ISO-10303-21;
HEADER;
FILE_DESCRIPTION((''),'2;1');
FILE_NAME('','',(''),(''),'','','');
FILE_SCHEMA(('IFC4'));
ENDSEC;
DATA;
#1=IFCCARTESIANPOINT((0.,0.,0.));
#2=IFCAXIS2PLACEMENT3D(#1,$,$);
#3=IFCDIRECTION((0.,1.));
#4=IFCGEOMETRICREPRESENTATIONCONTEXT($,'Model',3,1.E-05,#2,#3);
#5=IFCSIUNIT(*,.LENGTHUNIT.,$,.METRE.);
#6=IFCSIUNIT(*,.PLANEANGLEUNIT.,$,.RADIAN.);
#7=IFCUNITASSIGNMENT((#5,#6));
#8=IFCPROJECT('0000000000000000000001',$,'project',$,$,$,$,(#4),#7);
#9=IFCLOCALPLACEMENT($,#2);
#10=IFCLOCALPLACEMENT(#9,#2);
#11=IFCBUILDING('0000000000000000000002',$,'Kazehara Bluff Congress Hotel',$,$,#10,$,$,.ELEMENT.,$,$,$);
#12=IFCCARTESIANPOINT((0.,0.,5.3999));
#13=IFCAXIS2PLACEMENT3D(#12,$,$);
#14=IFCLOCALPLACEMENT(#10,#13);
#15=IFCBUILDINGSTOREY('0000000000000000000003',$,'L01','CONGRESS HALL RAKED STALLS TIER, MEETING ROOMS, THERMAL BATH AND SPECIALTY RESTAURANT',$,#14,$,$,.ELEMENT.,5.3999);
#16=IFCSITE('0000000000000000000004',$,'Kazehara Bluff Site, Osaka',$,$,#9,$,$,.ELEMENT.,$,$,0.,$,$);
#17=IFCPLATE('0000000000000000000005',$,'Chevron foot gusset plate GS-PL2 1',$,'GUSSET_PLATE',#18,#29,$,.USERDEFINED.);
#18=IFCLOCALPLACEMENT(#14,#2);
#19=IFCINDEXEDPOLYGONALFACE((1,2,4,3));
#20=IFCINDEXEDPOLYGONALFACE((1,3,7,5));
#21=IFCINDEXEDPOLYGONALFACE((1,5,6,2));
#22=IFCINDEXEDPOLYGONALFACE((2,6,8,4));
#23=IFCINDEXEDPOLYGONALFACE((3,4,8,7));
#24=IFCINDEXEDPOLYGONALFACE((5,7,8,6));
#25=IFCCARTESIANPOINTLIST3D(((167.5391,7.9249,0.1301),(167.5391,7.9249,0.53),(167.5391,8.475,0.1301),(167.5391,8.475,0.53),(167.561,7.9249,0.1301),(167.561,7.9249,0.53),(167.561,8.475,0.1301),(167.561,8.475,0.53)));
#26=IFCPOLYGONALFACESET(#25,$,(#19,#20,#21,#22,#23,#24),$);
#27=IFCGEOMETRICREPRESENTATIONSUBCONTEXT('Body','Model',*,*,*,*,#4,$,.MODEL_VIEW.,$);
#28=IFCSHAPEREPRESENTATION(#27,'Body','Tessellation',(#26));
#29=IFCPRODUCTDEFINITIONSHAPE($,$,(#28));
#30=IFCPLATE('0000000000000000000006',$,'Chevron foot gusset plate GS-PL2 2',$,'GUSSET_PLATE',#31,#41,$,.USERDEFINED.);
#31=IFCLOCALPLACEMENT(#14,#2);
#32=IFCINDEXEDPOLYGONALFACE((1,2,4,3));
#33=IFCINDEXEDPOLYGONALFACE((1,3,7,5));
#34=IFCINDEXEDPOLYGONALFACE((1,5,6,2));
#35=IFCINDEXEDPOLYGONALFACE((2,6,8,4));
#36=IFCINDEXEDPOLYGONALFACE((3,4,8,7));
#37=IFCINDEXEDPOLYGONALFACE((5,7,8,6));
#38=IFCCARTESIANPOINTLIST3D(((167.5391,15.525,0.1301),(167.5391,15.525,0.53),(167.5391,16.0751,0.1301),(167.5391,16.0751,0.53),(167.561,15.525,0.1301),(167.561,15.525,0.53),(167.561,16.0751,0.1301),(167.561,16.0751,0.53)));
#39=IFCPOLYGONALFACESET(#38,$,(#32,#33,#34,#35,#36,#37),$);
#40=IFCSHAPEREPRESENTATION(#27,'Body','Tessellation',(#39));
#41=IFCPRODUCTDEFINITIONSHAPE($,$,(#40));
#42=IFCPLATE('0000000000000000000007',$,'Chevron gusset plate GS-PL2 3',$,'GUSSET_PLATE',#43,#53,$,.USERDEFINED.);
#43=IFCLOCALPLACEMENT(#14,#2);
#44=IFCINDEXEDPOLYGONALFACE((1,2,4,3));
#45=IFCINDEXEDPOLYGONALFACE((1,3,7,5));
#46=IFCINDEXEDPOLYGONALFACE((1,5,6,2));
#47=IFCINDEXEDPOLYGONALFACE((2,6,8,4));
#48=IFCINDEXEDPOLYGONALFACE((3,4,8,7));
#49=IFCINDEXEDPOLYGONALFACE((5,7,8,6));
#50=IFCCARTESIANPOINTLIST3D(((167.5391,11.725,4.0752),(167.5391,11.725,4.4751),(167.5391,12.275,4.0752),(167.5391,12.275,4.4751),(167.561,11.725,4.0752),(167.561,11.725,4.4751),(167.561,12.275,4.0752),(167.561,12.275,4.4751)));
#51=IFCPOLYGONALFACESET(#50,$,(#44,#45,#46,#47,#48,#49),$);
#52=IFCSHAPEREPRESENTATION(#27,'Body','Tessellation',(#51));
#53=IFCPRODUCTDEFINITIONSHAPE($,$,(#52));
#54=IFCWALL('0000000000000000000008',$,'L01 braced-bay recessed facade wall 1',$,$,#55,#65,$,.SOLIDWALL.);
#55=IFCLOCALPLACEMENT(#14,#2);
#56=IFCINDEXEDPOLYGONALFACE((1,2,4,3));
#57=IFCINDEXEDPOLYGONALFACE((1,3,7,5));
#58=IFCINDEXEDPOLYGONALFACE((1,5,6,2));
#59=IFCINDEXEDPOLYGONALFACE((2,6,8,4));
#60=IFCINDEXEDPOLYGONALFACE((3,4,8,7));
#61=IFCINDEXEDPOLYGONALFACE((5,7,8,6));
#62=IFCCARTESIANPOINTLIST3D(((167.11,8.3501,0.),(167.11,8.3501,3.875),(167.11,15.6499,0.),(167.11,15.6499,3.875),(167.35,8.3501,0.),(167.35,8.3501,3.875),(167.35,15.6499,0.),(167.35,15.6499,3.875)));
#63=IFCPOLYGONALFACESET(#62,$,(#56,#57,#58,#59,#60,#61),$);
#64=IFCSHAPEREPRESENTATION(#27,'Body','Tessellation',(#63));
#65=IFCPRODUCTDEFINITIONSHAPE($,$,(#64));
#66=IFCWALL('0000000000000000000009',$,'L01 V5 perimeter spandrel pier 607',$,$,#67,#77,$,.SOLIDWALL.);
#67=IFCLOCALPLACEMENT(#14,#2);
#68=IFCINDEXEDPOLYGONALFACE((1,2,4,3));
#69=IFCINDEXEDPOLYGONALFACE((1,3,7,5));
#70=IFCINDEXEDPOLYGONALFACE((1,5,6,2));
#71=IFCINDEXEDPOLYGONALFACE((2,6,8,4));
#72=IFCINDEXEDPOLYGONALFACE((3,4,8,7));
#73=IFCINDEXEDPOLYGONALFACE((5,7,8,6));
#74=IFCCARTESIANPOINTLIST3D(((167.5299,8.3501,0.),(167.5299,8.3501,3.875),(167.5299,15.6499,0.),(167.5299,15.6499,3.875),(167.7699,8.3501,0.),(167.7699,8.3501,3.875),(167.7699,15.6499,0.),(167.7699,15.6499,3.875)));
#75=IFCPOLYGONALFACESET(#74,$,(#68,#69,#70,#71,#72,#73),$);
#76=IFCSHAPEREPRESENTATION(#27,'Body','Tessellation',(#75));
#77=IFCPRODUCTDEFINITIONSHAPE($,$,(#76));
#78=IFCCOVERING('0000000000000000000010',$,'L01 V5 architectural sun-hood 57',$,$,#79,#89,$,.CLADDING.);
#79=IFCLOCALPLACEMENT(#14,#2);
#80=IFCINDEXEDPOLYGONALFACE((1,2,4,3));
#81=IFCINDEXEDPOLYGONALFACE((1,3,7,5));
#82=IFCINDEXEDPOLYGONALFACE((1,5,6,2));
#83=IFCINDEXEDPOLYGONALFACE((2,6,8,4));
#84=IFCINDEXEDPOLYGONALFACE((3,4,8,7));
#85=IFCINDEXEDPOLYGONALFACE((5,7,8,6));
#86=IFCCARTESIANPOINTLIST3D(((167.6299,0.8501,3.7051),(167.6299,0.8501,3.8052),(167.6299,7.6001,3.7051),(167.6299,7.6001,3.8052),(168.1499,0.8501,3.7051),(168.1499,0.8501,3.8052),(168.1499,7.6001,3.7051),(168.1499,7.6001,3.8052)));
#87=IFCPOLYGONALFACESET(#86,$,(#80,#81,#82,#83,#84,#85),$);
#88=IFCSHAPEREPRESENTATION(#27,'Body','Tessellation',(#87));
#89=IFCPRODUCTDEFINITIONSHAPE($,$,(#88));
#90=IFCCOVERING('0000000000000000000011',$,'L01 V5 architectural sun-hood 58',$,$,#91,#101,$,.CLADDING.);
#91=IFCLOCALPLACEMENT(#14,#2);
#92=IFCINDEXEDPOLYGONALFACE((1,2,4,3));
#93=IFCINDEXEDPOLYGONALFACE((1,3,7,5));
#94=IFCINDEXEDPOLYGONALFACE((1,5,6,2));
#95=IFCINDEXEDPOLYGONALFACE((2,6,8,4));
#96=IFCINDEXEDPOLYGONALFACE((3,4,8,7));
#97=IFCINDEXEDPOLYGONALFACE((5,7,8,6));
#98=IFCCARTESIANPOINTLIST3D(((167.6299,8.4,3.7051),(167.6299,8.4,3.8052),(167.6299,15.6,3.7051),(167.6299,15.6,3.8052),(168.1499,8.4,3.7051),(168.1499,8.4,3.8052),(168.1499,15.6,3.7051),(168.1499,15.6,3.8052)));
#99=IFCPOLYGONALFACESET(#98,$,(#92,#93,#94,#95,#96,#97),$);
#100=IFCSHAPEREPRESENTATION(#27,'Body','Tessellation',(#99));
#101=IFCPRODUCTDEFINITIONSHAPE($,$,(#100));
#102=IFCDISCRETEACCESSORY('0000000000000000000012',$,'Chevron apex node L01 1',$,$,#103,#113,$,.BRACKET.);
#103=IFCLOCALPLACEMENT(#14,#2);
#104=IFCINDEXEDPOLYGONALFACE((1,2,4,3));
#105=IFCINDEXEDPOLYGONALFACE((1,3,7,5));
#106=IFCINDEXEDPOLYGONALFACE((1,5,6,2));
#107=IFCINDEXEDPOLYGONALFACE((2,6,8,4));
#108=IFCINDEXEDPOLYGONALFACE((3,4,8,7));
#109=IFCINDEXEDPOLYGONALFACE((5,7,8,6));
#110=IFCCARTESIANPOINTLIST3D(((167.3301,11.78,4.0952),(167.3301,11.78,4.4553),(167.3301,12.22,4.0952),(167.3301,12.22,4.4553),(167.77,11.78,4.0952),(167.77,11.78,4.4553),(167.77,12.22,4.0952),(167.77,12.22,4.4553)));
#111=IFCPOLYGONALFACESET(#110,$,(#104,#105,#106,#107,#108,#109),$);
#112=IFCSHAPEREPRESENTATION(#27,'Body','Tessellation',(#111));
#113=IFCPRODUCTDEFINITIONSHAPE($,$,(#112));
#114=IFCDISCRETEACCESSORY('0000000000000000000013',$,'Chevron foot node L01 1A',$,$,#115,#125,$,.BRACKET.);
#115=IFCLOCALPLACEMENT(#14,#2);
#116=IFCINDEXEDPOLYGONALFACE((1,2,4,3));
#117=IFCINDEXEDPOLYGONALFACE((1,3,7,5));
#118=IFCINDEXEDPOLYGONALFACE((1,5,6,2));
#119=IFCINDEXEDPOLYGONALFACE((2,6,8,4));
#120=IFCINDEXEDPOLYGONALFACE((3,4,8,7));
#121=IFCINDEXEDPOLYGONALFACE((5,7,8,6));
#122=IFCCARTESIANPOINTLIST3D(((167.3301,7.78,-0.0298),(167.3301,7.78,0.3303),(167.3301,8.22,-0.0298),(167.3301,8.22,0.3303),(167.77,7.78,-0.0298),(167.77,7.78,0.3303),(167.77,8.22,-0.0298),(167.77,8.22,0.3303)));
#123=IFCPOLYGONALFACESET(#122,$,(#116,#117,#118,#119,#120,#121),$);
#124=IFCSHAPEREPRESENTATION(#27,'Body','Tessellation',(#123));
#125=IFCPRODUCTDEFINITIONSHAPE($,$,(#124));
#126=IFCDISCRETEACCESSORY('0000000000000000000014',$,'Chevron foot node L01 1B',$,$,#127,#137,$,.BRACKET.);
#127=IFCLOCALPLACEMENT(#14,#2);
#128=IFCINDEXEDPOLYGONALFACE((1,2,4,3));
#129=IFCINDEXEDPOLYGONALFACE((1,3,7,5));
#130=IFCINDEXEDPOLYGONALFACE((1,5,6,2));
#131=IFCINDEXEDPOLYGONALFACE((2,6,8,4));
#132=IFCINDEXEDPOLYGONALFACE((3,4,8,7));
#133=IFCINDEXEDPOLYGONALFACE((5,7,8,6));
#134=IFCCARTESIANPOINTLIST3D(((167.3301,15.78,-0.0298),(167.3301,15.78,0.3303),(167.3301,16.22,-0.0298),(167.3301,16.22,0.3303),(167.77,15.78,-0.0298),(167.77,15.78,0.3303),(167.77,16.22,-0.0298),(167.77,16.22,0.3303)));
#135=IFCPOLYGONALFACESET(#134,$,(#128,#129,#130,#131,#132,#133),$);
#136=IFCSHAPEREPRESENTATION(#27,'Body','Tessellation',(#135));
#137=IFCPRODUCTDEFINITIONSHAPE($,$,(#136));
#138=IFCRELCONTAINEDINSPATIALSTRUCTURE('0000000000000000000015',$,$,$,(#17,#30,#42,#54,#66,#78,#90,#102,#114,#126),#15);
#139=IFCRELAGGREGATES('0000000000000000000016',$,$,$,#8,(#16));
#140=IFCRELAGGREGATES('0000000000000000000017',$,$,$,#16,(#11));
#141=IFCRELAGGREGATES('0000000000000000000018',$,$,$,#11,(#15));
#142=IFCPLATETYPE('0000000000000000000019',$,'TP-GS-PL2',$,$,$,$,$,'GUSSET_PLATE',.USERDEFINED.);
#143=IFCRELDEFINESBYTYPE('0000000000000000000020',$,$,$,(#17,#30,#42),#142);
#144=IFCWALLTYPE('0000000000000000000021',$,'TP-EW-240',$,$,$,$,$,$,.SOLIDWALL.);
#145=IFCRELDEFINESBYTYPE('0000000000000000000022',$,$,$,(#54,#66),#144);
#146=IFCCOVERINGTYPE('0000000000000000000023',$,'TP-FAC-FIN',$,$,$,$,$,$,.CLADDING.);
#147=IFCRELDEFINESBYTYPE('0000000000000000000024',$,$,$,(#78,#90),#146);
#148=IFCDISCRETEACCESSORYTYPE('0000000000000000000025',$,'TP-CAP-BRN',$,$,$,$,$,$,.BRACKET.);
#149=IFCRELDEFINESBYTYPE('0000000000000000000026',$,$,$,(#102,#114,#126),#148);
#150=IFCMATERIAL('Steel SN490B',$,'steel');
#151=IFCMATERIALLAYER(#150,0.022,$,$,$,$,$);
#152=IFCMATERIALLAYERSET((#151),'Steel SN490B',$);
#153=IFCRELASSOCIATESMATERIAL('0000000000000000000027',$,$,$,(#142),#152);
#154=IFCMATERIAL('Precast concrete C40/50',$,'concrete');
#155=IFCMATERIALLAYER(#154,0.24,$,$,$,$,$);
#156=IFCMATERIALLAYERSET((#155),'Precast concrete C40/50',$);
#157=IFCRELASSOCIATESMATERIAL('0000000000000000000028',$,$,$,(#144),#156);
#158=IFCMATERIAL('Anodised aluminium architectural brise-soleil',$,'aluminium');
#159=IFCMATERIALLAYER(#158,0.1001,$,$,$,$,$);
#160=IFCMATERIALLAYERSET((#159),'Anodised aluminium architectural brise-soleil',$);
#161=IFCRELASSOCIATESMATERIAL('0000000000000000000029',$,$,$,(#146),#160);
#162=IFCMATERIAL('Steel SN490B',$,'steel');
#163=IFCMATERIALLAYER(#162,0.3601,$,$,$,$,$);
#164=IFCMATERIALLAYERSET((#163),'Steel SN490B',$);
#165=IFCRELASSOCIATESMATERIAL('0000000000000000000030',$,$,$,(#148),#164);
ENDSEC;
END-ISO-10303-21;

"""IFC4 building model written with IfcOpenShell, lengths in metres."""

from ifc_helpers import new_model, si_unit, direction, frame, frame_2d, origin, origin_2d, place, context, subcontext, project, spatial, rectangle, extrude, material, layer, layer_set, type_object, element, save


model = new_model("IFC4")

# Units and contexts
model_context = context("Model", 3, precision=1e-05, world=origin(), true_north=direction((0.0, 1.0)))
body_context = subcontext(model_context, "Body", "Model", "MODEL_VIEW")
ifc_project = project(units=[si_unit("LENGTHUNIT", "METRE"), si_unit("PLANEANGLEUNIT", "RADIAN")], contexts=[model_context])

# Site, building, storey
site_placement = place(None, origin())
site = spatial("IfcSite", under=ifc_project, at=site_placement, Name="Kazehara Bluff Site, Osaka", CompositionType="ELEMENT", RefElevation=0.0)
building_placement = place(site_placement, origin())
building = spatial("IfcBuilding", under=site, at=building_placement, Name="Kazehara Bluff Congress Hotel", CompositionType="ELEMENT")
storey_placement = place(building_placement, frame((0.0, 0.0, 5.3999)))
storey = spatial("IfcBuildingStorey", under=building, at=storey_placement, Name="L01", Description="CONGRESS HALL RAKED STALLS TIER, MEETING ROOMS, THERMAL BATH AND SPECIALTY RESTAURANT", CompositionType="ELEMENT", Elevation=5.3999)

# Plates
ifc_material_1 = material(Name="Steel SN490B", Category="steel")
ifc_layer_1 = layer(ifc_material_1, 0.022)
ifc_layer_set_1 = layer_set([ifc_layer_1], Name="Steel SN490B")
plate_type_1 = type_object("IfcPlateType", Name="TP-GS-PL2", ElementType="GUSSET_PLATE", PredefinedType="USERDEFINED", material=ifc_layer_set_1)
for number, where, z_axis, x_axis, name in (
    (1, (167.55, 8.2, 0.1301), (0.0, 0.0, 1.0), (1.0, 0.0, 0.0), "Chevron foot gusset plate GS-PL2 1"),
    (2, (167.55, 15.8, 0.1301), (0.0, 0.0, 1.0), (1.0, 0.0, 0.0), "Chevron foot gusset plate GS-PL2 2"),
    (3, (167.55, 12.0, 4.0752), (0.0, 0.0, 1.0), (1.0, 0.0, 0.0), "Chevron gusset plate GS-PL2 3"),
):
    element("IfcPlate", number, at=place(storey_placement, frame(where, z_axis=z_axis, x_axis=x_axis)), inside=storey, type_object=plate_type_1, Name=name, ObjectType="GUSSET_PLATE", PredefinedType="USERDEFINED", context=body_context, shape_type="SweptSolid", body=[
        extrude(rectangle(XDim=0.022, YDim=0.55, at=origin_2d()), origin(), (0.0, 0.0, 1.0), 0.3999),
    ])

# Walls
ifc_material_2 = material(Name="Precast concrete C40/50", Category="concrete")
ifc_layer_2 = layer(ifc_material_2, 0.24)
ifc_layer_set_2 = layer_set([ifc_layer_2], Name="Precast concrete C40/50")
wall_type = type_object("IfcWallType", Name="TP-EW-240", PredefinedType="SOLIDWALL", material=ifc_layer_set_2)
for number, where, z_axis, x_axis, name in (
    (4, (167.23, 8.3501, 0.0), (0.0, 0.0, 1.0), (0.0, 1.0, 0.0), "L01 braced-bay recessed facade wall 1"),
    (5, (167.6499, 15.6499, 0.0), (0.0, 0.0, 1.0), (0.0, -1.0, 0.0), "L01 V5 perimeter spandrel pier 607"),
):
    element("IfcWall", number, at=place(storey_placement, frame(where, z_axis=z_axis, x_axis=x_axis)), inside=storey, type_object=wall_type, Name=name, PredefinedType="SOLIDWALL", context=body_context, shape_type="SweptSolid", body=[
        extrude(rectangle(XDim=7.2998, YDim=0.24, at=frame_2d((3.6499, 0.0))), origin(), (0.0, 0.0, 1.0), 3.875),
    ])

# Coverings
ifc_material_3 = material(Name="Anodised aluminium architectural brise-soleil", Category="aluminium")
ifc_layer_3 = layer(ifc_material_3, 0.1001)
ifc_layer_set_3 = layer_set([ifc_layer_3], Name="Anodised aluminium architectural brise-soleil")
covering_type = type_object("IfcCoveringType", Name="TP-FAC-FIN", PredefinedType="CLADDING", material=ifc_layer_set_3)
covering_1_placement = place(storey_placement, frame((167.8899, 4.2251, 3.7051), z_axis=(0.0, 0.0, 1.0), x_axis=(1.0, 0.0, 0.0)))
element("IfcCovering", 6, at=covering_1_placement, inside=storey, type_object=covering_type, Name="L01 V5 architectural sun-hood 57", PredefinedType="CLADDING", context=body_context, shape_type="SweptSolid", body=[
    extrude(rectangle(XDim=0.52, YDim=6.75, at=origin_2d()), origin(), (0.0, 0.0, 1.0), 0.1001),
])
covering_2_placement = place(storey_placement, frame((167.8899, 12.0, 3.7051), z_axis=(0.0, 0.0, 1.0), x_axis=(1.0, 0.0, 0.0)))
element("IfcCovering", 7, at=covering_2_placement, inside=storey, type_object=covering_type, Name="L01 V5 architectural sun-hood 58", PredefinedType="CLADDING", context=body_context, shape_type="SweptSolid", body=[
    extrude(rectangle(XDim=0.52, YDim=7.2, at=origin_2d()), origin(), (0.0, 0.0, 1.0), 0.1001),
])

# Discrete accessories
ifc_material_4 = material(Name="Steel SN490B", Category="steel")
ifc_layer_4 = layer(ifc_material_4, 0.3601)
ifc_layer_set_4 = layer_set([ifc_layer_4], Name="Steel SN490B")
discrete_accessory_type = type_object("IfcDiscreteAccessoryType", Name="TP-CAP-BRN", PredefinedType="BRACKET", material=ifc_layer_set_4)
for number, where, z_axis, x_axis, name in (
    (8, (167.55, 12.0, 4.0952), (0.0, 0.0, 1.0), (1.0, 0.0, 0.0), "Chevron apex node L01 1"),
    (9, (167.55, 8.0, -0.0298), (0.0, 0.0, 1.0), (1.0, 0.0, 0.0), "Chevron foot node L01 1A"),
    (10, (167.55, 16.0, -0.0298), (0.0, 0.0, 1.0), (1.0, 0.0, 0.0), "Chevron foot node L01 1B"),
):
    element("IfcDiscreteAccessory", number, at=place(storey_placement, frame(where, z_axis=z_axis, x_axis=x_axis)), inside=storey, type_object=discrete_accessory_type, Name=name, PredefinedType="BRACKET", context=body_context, shape_type="SweptSolid", body=[
        extrude(rectangle(XDim=0.4399, YDim=0.4399, at=origin_2d()), origin(), (0.0, 0.0, 1.0), 0.3601),
    ])

save(model, "model.ifc")
